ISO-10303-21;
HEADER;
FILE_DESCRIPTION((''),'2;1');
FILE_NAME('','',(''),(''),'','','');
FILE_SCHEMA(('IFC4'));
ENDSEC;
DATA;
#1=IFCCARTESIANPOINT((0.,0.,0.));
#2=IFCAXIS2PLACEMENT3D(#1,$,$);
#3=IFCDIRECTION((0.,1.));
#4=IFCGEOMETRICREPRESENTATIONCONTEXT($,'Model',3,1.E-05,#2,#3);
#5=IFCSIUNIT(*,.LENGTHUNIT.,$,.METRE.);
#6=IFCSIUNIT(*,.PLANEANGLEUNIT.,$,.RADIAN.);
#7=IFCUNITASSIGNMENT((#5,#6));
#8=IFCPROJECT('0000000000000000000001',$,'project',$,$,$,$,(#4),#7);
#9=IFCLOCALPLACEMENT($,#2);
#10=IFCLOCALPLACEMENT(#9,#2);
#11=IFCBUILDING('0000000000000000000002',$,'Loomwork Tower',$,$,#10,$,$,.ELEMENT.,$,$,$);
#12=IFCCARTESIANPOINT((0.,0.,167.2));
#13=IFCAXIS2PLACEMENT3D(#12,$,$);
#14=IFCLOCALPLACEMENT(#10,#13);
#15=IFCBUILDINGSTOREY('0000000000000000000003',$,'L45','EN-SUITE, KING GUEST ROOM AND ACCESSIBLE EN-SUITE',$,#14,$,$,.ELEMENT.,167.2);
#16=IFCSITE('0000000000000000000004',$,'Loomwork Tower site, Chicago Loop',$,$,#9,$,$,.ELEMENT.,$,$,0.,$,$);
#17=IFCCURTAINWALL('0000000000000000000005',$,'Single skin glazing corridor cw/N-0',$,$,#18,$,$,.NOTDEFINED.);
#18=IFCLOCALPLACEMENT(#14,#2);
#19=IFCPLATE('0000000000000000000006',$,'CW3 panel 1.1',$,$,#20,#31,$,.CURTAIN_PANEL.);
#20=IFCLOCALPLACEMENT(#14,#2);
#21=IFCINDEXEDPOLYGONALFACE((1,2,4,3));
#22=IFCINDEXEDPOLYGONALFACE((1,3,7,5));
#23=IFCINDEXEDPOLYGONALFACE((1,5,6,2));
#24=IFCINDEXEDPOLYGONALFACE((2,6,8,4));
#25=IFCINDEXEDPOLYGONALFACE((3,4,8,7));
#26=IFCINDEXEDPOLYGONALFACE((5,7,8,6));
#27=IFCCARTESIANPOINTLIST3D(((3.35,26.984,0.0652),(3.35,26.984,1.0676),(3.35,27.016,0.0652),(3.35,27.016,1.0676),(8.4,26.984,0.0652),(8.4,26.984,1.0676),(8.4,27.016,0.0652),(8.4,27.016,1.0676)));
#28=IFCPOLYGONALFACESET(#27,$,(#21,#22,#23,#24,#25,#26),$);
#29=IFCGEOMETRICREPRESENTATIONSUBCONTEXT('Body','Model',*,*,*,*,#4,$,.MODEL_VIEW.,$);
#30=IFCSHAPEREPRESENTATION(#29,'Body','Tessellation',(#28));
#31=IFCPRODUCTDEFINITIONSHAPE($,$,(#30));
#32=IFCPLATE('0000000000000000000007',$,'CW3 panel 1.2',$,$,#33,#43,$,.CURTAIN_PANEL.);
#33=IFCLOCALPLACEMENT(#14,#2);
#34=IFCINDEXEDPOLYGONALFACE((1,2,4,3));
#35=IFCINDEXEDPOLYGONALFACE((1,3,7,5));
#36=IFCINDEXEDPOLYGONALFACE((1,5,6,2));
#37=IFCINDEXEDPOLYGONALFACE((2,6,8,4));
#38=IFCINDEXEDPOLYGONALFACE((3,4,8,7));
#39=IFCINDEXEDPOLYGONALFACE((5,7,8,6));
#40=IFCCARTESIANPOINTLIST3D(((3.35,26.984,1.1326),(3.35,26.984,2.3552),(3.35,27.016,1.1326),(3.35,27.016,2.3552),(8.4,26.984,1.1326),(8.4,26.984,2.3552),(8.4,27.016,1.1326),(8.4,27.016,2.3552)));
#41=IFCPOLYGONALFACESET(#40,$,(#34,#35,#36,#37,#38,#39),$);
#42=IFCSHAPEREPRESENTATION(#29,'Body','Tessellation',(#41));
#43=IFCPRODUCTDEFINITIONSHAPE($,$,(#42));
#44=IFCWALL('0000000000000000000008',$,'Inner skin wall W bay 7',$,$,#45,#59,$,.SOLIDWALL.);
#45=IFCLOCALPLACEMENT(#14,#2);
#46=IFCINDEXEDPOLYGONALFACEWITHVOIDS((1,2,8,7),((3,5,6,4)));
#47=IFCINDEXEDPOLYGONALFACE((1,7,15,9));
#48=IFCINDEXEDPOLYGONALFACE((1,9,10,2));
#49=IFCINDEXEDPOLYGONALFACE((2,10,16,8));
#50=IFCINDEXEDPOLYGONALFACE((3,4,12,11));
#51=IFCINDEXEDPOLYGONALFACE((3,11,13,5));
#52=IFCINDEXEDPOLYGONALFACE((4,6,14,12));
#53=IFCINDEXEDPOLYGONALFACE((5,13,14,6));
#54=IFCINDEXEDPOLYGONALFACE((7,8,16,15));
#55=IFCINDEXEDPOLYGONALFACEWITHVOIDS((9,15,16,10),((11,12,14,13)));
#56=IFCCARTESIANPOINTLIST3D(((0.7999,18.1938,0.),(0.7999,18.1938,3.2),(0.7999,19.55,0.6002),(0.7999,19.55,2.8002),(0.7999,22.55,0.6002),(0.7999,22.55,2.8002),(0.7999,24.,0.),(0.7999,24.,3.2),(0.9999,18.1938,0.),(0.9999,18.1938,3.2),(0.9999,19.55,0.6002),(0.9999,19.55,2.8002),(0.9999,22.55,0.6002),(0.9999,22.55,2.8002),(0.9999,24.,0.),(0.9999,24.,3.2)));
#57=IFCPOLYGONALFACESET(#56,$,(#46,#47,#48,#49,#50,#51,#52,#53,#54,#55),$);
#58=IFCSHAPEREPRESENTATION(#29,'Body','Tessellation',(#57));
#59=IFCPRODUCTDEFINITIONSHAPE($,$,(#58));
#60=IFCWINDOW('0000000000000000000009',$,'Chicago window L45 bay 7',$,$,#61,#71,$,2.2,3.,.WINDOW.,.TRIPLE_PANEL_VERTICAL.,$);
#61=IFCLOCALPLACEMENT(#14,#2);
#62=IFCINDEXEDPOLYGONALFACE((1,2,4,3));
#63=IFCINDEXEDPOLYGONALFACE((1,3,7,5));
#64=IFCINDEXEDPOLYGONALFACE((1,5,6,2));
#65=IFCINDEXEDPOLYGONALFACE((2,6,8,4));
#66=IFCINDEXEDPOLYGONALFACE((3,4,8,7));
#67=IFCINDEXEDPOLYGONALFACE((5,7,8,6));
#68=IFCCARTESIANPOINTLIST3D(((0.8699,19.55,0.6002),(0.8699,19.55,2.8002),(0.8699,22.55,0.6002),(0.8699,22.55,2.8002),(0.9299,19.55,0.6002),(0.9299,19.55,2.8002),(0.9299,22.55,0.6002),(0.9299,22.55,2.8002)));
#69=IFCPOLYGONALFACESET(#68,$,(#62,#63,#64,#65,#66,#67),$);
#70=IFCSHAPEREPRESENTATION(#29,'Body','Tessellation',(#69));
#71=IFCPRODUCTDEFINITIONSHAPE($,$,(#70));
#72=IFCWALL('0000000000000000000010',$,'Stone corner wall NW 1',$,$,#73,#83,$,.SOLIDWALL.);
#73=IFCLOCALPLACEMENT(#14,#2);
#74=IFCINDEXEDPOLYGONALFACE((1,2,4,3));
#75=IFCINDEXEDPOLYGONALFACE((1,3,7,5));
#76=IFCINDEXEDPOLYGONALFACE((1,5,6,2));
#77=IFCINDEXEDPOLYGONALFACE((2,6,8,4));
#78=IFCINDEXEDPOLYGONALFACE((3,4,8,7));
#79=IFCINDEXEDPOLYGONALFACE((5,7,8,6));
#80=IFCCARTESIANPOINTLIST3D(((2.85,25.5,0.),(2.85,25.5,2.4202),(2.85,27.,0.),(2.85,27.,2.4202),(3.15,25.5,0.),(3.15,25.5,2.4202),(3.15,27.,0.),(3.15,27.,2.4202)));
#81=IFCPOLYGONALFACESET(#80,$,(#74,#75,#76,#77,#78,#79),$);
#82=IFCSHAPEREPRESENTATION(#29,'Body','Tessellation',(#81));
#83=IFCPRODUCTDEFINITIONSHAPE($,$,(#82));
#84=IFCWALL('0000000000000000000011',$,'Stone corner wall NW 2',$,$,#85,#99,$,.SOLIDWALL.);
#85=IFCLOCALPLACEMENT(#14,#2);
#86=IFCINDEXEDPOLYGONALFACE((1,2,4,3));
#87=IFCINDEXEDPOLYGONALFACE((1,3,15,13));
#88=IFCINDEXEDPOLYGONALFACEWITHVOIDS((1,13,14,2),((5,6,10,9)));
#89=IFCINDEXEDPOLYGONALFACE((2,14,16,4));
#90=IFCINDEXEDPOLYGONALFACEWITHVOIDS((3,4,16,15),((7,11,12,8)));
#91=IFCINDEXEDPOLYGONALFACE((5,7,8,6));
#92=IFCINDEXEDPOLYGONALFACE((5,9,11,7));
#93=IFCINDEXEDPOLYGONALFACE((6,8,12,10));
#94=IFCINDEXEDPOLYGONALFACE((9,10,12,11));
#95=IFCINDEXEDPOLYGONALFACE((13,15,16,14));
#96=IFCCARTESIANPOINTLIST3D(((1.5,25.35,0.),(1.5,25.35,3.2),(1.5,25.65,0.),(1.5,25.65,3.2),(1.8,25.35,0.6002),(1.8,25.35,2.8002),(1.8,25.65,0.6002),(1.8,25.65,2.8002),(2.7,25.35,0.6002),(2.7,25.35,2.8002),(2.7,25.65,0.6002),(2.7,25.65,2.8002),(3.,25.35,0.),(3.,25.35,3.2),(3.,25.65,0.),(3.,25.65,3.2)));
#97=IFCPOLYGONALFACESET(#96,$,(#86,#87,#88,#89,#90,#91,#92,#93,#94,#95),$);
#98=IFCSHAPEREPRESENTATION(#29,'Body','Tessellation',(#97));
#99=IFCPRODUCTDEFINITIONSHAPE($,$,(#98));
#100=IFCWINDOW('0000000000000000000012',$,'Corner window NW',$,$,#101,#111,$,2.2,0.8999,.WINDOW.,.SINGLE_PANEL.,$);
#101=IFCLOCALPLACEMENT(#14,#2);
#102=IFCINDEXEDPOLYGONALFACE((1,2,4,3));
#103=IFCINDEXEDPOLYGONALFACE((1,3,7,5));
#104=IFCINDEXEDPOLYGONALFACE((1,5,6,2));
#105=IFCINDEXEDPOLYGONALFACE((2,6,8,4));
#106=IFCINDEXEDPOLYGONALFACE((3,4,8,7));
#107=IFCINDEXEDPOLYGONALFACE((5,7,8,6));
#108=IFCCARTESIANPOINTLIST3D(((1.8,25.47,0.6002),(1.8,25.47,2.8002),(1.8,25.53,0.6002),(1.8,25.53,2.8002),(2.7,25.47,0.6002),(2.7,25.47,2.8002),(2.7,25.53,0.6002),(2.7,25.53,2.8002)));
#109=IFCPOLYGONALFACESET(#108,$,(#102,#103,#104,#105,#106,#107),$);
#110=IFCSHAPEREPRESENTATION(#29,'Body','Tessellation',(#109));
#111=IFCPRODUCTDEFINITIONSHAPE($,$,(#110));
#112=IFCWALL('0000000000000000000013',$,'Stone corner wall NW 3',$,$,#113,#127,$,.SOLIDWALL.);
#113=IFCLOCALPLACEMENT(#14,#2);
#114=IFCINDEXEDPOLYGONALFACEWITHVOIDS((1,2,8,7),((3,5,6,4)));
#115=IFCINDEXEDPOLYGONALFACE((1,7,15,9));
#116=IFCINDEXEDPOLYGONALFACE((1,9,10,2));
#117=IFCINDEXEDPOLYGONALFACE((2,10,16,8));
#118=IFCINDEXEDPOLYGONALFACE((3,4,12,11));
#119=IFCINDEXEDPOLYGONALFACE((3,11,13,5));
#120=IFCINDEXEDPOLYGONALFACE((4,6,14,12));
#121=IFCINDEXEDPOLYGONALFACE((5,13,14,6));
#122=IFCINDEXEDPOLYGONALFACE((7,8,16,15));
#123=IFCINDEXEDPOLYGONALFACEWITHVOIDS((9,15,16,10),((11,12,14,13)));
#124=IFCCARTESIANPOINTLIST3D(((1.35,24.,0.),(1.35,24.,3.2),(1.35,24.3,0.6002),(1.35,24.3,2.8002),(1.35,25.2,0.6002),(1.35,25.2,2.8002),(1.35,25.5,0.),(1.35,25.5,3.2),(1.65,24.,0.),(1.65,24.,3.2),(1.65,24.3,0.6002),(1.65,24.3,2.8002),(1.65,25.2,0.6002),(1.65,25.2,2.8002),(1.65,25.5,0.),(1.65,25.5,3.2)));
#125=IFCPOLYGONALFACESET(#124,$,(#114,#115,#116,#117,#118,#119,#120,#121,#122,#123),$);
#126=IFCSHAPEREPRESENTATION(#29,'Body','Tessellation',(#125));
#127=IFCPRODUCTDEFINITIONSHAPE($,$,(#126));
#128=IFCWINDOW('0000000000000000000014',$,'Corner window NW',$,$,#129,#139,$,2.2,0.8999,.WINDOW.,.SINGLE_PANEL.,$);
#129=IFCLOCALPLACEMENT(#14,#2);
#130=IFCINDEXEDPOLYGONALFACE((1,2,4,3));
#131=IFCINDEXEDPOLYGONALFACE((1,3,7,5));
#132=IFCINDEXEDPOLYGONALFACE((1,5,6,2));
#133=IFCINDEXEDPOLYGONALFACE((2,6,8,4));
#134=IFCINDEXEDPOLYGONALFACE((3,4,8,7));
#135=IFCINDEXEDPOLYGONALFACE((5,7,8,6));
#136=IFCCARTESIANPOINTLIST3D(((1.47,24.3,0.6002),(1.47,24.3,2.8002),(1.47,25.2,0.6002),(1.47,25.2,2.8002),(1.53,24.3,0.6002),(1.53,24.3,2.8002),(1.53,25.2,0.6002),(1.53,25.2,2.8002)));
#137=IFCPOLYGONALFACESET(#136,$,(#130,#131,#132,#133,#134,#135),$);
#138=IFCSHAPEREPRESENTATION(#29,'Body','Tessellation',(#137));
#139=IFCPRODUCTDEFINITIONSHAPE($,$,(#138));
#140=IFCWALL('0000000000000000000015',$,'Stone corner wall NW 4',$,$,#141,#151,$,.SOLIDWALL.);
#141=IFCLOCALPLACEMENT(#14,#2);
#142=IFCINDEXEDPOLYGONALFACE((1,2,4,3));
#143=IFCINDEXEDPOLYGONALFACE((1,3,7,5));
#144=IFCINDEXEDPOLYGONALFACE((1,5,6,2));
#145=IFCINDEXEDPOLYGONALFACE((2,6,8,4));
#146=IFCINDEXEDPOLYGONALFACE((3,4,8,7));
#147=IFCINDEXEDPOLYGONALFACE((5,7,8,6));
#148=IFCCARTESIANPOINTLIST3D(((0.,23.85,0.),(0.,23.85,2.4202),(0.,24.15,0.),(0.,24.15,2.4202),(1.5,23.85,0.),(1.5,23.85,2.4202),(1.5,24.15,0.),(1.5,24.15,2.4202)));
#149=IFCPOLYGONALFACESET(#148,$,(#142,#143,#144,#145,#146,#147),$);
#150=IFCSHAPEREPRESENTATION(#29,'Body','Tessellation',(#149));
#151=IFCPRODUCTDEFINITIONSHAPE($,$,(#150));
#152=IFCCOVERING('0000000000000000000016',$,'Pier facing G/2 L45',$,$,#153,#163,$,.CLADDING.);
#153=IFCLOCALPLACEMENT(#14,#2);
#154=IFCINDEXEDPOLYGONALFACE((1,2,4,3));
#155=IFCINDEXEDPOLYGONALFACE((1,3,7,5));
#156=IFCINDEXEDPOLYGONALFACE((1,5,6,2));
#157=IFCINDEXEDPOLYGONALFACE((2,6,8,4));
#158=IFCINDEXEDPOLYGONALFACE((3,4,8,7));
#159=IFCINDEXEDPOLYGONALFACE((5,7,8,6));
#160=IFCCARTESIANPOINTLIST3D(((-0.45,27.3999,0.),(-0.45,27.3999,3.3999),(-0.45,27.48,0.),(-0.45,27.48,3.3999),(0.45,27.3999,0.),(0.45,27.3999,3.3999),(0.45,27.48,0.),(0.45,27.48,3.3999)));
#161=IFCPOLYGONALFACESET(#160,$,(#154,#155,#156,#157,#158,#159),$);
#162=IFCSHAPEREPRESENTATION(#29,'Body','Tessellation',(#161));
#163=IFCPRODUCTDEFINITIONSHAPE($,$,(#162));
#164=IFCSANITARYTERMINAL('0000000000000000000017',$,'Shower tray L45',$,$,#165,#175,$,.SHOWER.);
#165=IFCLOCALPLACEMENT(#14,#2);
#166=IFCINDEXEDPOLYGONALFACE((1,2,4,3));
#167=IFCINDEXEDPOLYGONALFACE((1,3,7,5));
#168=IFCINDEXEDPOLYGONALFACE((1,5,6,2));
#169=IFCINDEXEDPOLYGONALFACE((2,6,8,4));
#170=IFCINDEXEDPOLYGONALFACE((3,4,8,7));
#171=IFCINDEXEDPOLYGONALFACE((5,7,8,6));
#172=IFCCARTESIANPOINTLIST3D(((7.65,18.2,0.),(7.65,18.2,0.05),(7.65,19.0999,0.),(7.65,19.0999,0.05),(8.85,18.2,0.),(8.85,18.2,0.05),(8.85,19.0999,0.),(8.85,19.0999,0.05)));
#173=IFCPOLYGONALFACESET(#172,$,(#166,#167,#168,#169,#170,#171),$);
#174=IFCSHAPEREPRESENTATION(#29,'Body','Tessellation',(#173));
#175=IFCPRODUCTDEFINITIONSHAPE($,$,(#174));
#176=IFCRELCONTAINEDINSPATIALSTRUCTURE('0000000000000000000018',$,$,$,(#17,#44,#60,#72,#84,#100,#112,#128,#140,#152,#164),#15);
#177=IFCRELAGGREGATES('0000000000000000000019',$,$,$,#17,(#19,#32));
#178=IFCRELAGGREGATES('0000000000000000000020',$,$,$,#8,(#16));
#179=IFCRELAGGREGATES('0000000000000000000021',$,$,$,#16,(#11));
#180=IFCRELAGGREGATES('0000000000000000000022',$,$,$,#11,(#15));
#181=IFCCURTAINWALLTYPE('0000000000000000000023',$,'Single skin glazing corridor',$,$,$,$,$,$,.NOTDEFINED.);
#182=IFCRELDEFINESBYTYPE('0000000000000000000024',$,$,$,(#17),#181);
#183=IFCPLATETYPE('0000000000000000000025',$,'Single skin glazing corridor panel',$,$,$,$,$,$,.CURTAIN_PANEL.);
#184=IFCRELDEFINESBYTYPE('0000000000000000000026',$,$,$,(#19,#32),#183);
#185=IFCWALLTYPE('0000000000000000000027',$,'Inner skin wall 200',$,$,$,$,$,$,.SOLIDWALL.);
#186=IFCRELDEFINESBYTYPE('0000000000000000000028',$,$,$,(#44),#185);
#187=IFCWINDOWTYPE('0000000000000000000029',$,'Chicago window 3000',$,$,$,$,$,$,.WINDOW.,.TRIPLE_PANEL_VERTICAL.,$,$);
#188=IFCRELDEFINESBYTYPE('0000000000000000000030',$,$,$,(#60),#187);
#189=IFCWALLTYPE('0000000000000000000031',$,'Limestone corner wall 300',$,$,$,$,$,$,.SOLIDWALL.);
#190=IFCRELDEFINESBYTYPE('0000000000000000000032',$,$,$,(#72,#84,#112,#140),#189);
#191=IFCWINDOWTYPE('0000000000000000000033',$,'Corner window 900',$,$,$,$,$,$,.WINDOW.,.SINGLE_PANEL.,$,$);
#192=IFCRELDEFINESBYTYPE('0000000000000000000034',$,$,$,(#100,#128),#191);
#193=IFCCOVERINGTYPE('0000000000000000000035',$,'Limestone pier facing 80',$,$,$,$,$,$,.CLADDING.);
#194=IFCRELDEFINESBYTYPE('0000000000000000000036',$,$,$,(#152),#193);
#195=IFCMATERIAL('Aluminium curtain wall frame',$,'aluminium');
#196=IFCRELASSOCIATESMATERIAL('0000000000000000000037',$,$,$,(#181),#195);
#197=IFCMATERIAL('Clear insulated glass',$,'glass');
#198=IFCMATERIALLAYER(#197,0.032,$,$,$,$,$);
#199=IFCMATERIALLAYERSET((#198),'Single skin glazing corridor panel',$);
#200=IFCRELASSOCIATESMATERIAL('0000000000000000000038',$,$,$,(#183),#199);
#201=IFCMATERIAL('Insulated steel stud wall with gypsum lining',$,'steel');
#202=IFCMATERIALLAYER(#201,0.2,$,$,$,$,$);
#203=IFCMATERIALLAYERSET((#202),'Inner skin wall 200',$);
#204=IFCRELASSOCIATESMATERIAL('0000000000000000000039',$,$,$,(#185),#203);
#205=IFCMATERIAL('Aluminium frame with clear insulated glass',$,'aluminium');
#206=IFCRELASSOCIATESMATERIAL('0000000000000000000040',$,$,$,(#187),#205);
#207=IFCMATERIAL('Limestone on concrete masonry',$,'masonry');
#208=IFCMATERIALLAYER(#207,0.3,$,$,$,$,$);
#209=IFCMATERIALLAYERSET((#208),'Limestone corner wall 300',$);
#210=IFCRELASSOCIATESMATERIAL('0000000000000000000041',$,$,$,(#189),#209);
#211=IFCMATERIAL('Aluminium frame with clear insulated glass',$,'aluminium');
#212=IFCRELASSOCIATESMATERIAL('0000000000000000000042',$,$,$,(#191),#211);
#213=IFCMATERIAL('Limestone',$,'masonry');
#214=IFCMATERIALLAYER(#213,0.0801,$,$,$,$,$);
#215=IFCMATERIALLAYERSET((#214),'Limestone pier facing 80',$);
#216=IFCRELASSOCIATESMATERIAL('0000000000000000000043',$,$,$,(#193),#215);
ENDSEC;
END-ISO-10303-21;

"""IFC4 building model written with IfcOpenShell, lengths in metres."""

from ifc_helpers import new_model, si_unit, direction, frame, frame_2d, origin, origin_2d, place, context, subcontext, project, spatial, rectangle, extrude, material, layer, layer_set, type_object, element, fill, aggregate, save


model = new_model("IFC4")

# Units and contexts
model_context = context("Model", 3, precision=1e-05, world=origin(), true_north=direction((0.0, 1.0)))
body_context = subcontext(model_context, "Body", "Model", "MODEL_VIEW")
ifc_project = project(units=[si_unit("LENGTHUNIT", "METRE"), si_unit("PLANEANGLEUNIT", "RADIAN")], contexts=[model_context])

# Site, building, storey
site_placement = place(None, origin())
site = spatial("IfcSite", under=ifc_project, at=site_placement, Name="Loomwork Tower site, Chicago Loop", CompositionType="ELEMENT", RefElevation=0.0)
building_placement = place(site_placement, origin())
building = spatial("IfcBuilding", under=site, at=building_placement, Name="Loomwork Tower", CompositionType="ELEMENT")
storey_placement = place(building_placement, frame((0.0, 0.0, 167.2)))
storey = spatial("IfcBuildingStorey", under=building, at=storey_placement, Name="L45", Description="EN-SUITE, KING GUEST ROOM AND ACCESSIBLE EN-SUITE", CompositionType="ELEMENT", Elevation=167.2)

# Curtain wall
ifc_material_1 = material(Name="Aluminium curtain wall frame", Category="aluminium")
curtain_wall_type_1 = type_object("IfcCurtainWallType", Name="Single skin glazing corridor", PredefinedType="NOTDEFINED", material=ifc_material_1)
curtain_wall_1_placement = place(storey_placement, origin())
curtain_wall_1 = element("IfcCurtainWall", 1, at=curtain_wall_1_placement, inside=storey, type_object=curtain_wall_type_1, Name="Single skin glazing corridor cw/N-0", PredefinedType="NOTDEFINED")

# Plates
ifc_material_2 = material(Name="Clear insulated glass", Category="glass")
ifc_layer_1 = layer(ifc_material_2, 0.032)
ifc_layer_set_1 = layer_set([ifc_layer_1], Name="Single skin glazing corridor panel")
plate_type_1 = type_object("IfcPlateType", Name="Single skin glazing corridor panel", PredefinedType="CURTAIN_PANEL", material=ifc_layer_set_1)
plate_1_placement = place(storey_placement, frame((5.875, 27.0, 0.0652), z_axis=(0.0, 0.0, 1.0), x_axis=(-1.0, 0.0, 0.0)))
plate_1 = element("IfcPlate", 2, at=plate_1_placement, type_object=plate_type_1, Name="CW3 panel 1.1", PredefinedType="CURTAIN_PANEL", context=body_context, shape_type="SweptSolid", body=[
    extrude(rectangle(XDim=5.05, YDim=0.032, at=origin_2d()), origin(), (0.0, 0.0, 1.0), 1.0024),
])
plate_2_placement = place(storey_placement, frame((5.875, 27.0, 1.1326), z_axis=(0.0, 0.0, 1.0), x_axis=(-1.0, 0.0, 0.0)))
plate_2 = element("IfcPlate", 3, at=plate_2_placement, type_object=plate_type_1, Name="CW3 panel 1.2", PredefinedType="CURTAIN_PANEL", context=body_context, shape_type="SweptSolid", body=[
    extrude(rectangle(XDim=5.05, YDim=0.032, at=origin_2d()), origin(), (0.0, 0.0, 1.0), 1.2227),
])
aggregate(curtain_wall_1, [plate_1, plate_2])

# Wall, opening, window
ifc_material_3 = material(Name="Insulated steel stud wall with gypsum lining", Category="steel")
ifc_layer_2 = layer(ifc_material_3, 0.2)
ifc_layer_set_2 = layer_set([ifc_layer_2], Name="Inner skin wall 200")
wall_type_1 = type_object("IfcWallType", Name="Inner skin wall 200", PredefinedType="SOLIDWALL", material=ifc_layer_set_2)
wall_1_placement = place(storey_placement, frame((0.8999, 18.1938, 0.0), z_axis=(0.0, 0.0, 1.0), x_axis=(0.0, 1.0, 0.0)))
wall_1 = element("IfcWall", 4, at=wall_1_placement, inside=storey, type_object=wall_type_1, Name="Inner skin wall W bay 7", PredefinedType="SOLIDWALL", context=body_context, shape_type="SweptSolid", body=[
    extrude(rectangle(XDim=5.8062, YDim=0.2, at=frame_2d((2.9031, 0.0))), origin(), (0.0, 0.0, 1.0), 3.2),
])
opening_1_placement = place(wall_1_placement, frame((1.3562, 0.0, 0.6001)))
opening_1 = element("IfcOpeningElement", 5, at=opening_1_placement, cuts=wall_1, PredefinedType="OPENING", context=body_context, shape_type="SweptSolid", body=[
    extrude(rectangle(XDim=3.0, YDim=2.2, at=frame_2d((1.5, 1.1001))), frame((0.0, 0.1099, 0.0), z_axis=(0.0, -1.0, 0.0), x_axis=(1.0, 0.0, 0.0)), (0.0, 0.0, 1.0), 0.22),
])
ifc_material_4 = material(Name="Aluminium frame with clear insulated glass", Category="aluminium")
window_type_1 = type_object("IfcWindowType", Name="Chicago window 3000", PartitioningType="TRIPLE_PANEL_VERTICAL", PredefinedType="WINDOW", material=ifc_material_4)
window_1_placement = place(opening_1_placement, origin())
window_1 = element("IfcWindow", 6, at=window_1_placement, inside=storey, type_object=window_type_1, Name="Chicago window L45 bay 7", OverallHeight=2.2, OverallWidth=3.0, PartitioningType="TRIPLE_PANEL_VERTICAL", PredefinedType="WINDOW", context=body_context, shape_type="SweptSolid", body=[
    extrude(rectangle(XDim=3.0, YDim=2.2, at=frame_2d((1.5, 1.1001))), frame((0.0, 0.03, 0.0), z_axis=(0.0, -1.0, 0.0), x_axis=(1.0, 0.0, 0.0)), (0.0, 0.0, 1.0), 0.0601),
])
fill(opening_1, window_1)

# Wall
ifc_material_5 = material(Name="Limestone on concrete masonry", Category="masonry")
ifc_layer_3 = layer(ifc_material_5, 0.3)
ifc_layer_set_3 = layer_set([ifc_layer_3], Name="Limestone corner wall 300")
wall_type_2 = type_object("IfcWallType", Name="Limestone corner wall 300", PredefinedType="SOLIDWALL", material=ifc_layer_set_3)
wall_2_placement = place(storey_placement, frame((3.0, 27.0, 0.0), z_axis=(0.0, 0.0, 1.0), x_axis=(0.0, -1.0, 0.0)))
element("IfcWall", 7, at=wall_2_placement, inside=storey, type_object=wall_type_2, Name="Stone corner wall NW 1", PredefinedType="SOLIDWALL", context=body_context, shape_type="SweptSolid", body=[
    extrude(rectangle(XDim=1.5, YDim=0.3, at=frame_2d((0.75, 0.0))), origin(), (0.0, 0.0, 1.0), 2.4202),
])

# Walls, openings, windows
wall_3_placement = place(storey_placement, frame((3.0, 25.5, 0.0), z_axis=(0.0, 0.0, 1.0), x_axis=(-1.0, 0.0, 0.0)))
wall_3 = element("IfcWall", 8, at=wall_3_placement, inside=storey, type_object=wall_type_2, Name="Stone corner wall NW 2", PredefinedType="SOLIDWALL", context=body_context, shape_type="SweptSolid", body=[
    extrude(rectangle(XDim=1.5, YDim=0.3, at=frame_2d((0.75, 0.0))), origin(), (0.0, 0.0, 1.0), 3.2),
])
opening_2_placement = place(wall_3_placement, frame((0.3, 0.0, 0.6001)))
opening_2 = element("IfcOpeningElement", 9, at=opening_2_placement, cuts=wall_3, PredefinedType="OPENING", context=body_context, shape_type="SweptSolid", body=[
    extrude(rectangle(XDim=0.8999, YDim=2.2, at=frame_2d((0.45, 1.1001))), frame((0.0, 0.1599, 0.0), z_axis=(0.0, -1.0, 0.0), x_axis=(1.0, 0.0, 0.0)), (0.0, 0.0, 1.0), 0.3201),
])
ifc_material_6 = material(Name="Aluminium frame with clear insulated glass", Category="aluminium")
window_type_2 = type_object("IfcWindowType", Name="Corner window 900", PartitioningType="SINGLE_PANEL", PredefinedType="WINDOW", material=ifc_material_6)
window_2_placement = place(opening_2_placement, origin())
window_2 = element("IfcWindow", 10, at=window_2_placement, inside=storey, type_object=window_type_2, Name="Corner window NW", OverallHeight=2.2, OverallWidth=0.8999, PartitioningType="SINGLE_PANEL", PredefinedType="WINDOW", context=body_context, shape_type="SweptSolid", body=[
    extrude(rectangle(XDim=0.8999, YDim=2.2, at=frame_2d((0.45, 1.1001))), frame((0.0, 0.03, 0.0), z_axis=(0.0, -1.0, 0.0), x_axis=(1.0, 0.0, 0.0)), (0.0, 0.0, 1.0), 0.0601),
])
fill(opening_2, window_2)
wall_4_placement = place(storey_placement, frame((1.5, 25.5, 0.0), z_axis=(0.0, 0.0, 1.0), x_axis=(0.0, -1.0, 0.0)))
wall_4 = element("IfcWall", 11, at=wall_4_placement, inside=storey, type_object=wall_type_2, Name="Stone corner wall NW 3", PredefinedType="SOLIDWALL", context=body_context, shape_type="SweptSolid", body=[
    extrude(rectangle(XDim=1.5, YDim=0.3, at=frame_2d((0.75, 0.0))), origin(), (0.0, 0.0, 1.0), 3.2),
])
opening_3_placement = place(wall_4_placement, frame((0.3, 0.0, 0.6001)))
opening_3 = element("IfcOpeningElement", 12, at=opening_3_placement, cuts=wall_4, PredefinedType="OPENING", context=body_context, shape_type="SweptSolid", body=[
    extrude(rectangle(XDim=0.8999, YDim=2.2, at=frame_2d((0.45, 1.1001))), frame((0.0, 0.1599, 0.0), z_axis=(0.0, -1.0, 0.0), x_axis=(1.0, 0.0, 0.0)), (0.0, 0.0, 1.0), 0.3201),
])
window_3_placement = place(opening_3_placement, origin())
window_3 = element("IfcWindow", 13, at=window_3_placement, inside=storey, type_object=window_type_2, Name="Corner window NW", OverallHeight=2.2, OverallWidth=0.8999, PartitioningType="SINGLE_PANEL", PredefinedType="WINDOW", context=body_context, shape_type="SweptSolid", body=[
    extrude(rectangle(XDim=0.8999, YDim=2.2, at=frame_2d((0.45, 1.1001))), frame((0.0, 0.03, 0.0), z_axis=(0.0, -1.0, 0.0), x_axis=(1.0, 0.0, 0.0)), (0.0, 0.0, 1.0), 0.0601),
])
fill(opening_3, window_3)

# Wall
wall_5_placement = place(storey_placement, frame((1.5, 24.0, 0.0), z_axis=(0.0, 0.0, 1.0), x_axis=(-1.0, 0.0, 0.0)))
element("IfcWall", 14, at=wall_5_placement, inside=storey, type_object=wall_type_2, Name="Stone corner wall NW 4", PredefinedType="SOLIDWALL", context=body_context, shape_type="SweptSolid", body=[
    extrude(rectangle(XDim=1.5, YDim=0.3, at=frame_2d((0.75, 0.0))), origin(), (0.0, 0.0, 1.0), 2.4202),
])

# Covering
ifc_material_7 = material(Name="Limestone", Category="masonry")
ifc_layer_4 = layer(ifc_material_7, 0.0801)
ifc_layer_set_4 = layer_set([ifc_layer_4], Name="Limestone pier facing 80")
covering_type = type_object("IfcCoveringType", Name="Limestone pier facing 80", PredefinedType="CLADDING", material=ifc_layer_set_4)
covering_placement = place(storey_placement, frame((0.0, 27.4399, 0.0), z_axis=(0.0, 0.0, 1.0), x_axis=(1.0, 0.0, 0.0)))
element("IfcCovering", 15, at=covering_placement, inside=storey, type_object=covering_type, Name="Pier facing G/2 L45", PredefinedType="CLADDING", context=body_context, shape_type="SweptSolid", body=[
    extrude(rectangle(XDim=0.8999, YDim=0.0801, at=origin_2d()), origin(), (0.0, 0.0, 1.0), 3.3999),
])

# Sanitary terminal
sanitary_terminal_placement = place(storey_placement, frame((8.25, 18.6499, 0.0), z_axis=(0.0, 0.0, 1.0), x_axis=(1.0, 0.0, 0.0)))
element("IfcSanitaryTerminal", 16, at=sanitary_terminal_placement, inside=storey, Name="Shower tray L45", PredefinedType="SHOWER", context=body_context, shape_type="SweptSolid", body=[
    extrude(rectangle(XDim=1.2, YDim=0.8999, at=origin_2d()), origin(), (0.0, 0.0, 1.0), 0.05),
])

save(model, "model.ifc")
